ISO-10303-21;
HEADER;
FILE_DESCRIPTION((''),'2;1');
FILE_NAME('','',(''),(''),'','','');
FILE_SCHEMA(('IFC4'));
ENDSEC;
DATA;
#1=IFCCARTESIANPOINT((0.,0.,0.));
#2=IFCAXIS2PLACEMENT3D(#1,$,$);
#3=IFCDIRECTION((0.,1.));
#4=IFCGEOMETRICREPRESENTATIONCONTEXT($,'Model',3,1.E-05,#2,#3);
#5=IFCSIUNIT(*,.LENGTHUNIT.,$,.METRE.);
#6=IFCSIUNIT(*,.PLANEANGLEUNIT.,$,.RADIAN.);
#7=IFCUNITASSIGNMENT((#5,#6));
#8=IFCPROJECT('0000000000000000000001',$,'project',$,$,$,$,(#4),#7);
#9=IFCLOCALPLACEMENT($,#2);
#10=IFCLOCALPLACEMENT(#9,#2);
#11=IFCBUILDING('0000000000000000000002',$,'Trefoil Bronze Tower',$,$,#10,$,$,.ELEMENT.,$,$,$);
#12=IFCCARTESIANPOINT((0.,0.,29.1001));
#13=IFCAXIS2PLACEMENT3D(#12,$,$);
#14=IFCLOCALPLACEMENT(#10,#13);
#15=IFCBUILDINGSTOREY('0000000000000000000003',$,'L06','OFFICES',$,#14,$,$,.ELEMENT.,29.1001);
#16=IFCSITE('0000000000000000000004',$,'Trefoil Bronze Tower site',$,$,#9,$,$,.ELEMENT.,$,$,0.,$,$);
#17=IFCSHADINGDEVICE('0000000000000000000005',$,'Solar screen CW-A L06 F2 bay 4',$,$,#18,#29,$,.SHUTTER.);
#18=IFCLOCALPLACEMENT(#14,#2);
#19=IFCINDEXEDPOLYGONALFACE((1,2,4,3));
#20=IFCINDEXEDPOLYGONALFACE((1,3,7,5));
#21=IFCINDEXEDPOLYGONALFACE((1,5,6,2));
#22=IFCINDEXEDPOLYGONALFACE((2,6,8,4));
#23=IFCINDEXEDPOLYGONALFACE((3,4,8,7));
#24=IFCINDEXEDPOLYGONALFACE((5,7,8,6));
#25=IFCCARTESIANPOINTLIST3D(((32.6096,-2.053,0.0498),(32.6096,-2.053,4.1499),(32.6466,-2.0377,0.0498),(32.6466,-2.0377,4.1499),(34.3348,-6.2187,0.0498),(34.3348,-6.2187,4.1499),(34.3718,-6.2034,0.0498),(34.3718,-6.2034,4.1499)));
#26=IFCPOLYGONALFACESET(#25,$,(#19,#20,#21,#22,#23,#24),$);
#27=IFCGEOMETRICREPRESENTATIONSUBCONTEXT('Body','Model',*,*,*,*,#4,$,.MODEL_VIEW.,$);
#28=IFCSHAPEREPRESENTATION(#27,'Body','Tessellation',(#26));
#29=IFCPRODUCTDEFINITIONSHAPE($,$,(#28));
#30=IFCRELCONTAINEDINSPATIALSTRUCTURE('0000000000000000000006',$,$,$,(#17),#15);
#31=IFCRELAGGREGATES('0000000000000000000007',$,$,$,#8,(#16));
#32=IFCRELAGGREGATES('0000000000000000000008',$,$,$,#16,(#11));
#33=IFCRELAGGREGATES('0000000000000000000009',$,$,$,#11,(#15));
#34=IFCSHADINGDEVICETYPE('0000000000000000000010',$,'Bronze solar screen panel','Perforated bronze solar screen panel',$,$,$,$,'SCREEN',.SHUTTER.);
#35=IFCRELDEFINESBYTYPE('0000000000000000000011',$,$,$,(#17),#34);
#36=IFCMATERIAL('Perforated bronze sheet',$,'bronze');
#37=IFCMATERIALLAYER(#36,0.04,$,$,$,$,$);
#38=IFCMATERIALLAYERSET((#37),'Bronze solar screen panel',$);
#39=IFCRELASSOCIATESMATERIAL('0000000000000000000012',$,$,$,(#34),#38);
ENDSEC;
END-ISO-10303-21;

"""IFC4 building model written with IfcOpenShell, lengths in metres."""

from ifc_helpers import new_model, si_unit, direction, frame, origin, origin_2d, place, context, subcontext, project, spatial, rectangle, extrude, material, layer, layer_set, type_object, element, save


model = new_model("IFC4")

# Units and contexts
model_context = context("Model", 3, precision=1e-05, world=origin(), true_north=direction((0.0, 1.0)))
body_context = subcontext(model_context, "Body", "Model", "MODEL_VIEW")
ifc_project = project(units=[si_unit("LENGTHUNIT", "METRE"), si_unit("PLANEANGLEUNIT", "RADIAN")], contexts=[model_context])

# Site, building, storey
site_placement = place(None, origin())
site = spatial("IfcSite", under=ifc_project, at=site_placement, Name="Trefoil Bronze Tower site", CompositionType="ELEMENT", RefElevation=0.0)
building_placement = place(site_placement, origin())
building = spatial("IfcBuilding", under=site, at=building_placement, Name="Trefoil Bronze Tower", CompositionType="ELEMENT")
storey_placement = place(building_placement, frame((0.0, 0.0, 29.1001)))
storey = spatial("IfcBuildingStorey", under=building, at=storey_placement, Name="L06", Description="OFFICES", CompositionType="ELEMENT", Elevation=29.1001)

# Shading device
ifc_material_1 = material(Name="Perforated bronze sheet", Category="bronze")
ifc_layer_1 = layer(ifc_material_1, 0.04)
ifc_layer_set_1 = layer_set([ifc_layer_1], Name="Bronze solar screen panel")
shading_device_type = type_object("IfcShadingDeviceType", Name="Bronze solar screen panel", Description="Perforated bronze solar screen panel", ElementType="SCREEN", PredefinedType="SHUTTER", material=ifc_layer_set_1)
shading_device_1_placement = place(storey_placement, frame((33.4907, -4.1282, 0.0498), z_axis=(0.0, 0.0, 1.0), x_axis=(-0.38263, 0.923902, 0.0)))
element("IfcShadingDevice", 1, at=shading_device_1_placement, inside=storey, type_object=shading_device_type, Name="Solar screen CW-A L06 F2 bay 4", PredefinedType="SHUTTER", context=body_context, shape_type="SweptSolid", body=[
    extrude(rectangle(XDim=4.5088, YDim=0.04, at=origin_2d()), origin(), (0.0, 0.0, 1.0), 4.1001),
])

save(model, "model.ifc")
